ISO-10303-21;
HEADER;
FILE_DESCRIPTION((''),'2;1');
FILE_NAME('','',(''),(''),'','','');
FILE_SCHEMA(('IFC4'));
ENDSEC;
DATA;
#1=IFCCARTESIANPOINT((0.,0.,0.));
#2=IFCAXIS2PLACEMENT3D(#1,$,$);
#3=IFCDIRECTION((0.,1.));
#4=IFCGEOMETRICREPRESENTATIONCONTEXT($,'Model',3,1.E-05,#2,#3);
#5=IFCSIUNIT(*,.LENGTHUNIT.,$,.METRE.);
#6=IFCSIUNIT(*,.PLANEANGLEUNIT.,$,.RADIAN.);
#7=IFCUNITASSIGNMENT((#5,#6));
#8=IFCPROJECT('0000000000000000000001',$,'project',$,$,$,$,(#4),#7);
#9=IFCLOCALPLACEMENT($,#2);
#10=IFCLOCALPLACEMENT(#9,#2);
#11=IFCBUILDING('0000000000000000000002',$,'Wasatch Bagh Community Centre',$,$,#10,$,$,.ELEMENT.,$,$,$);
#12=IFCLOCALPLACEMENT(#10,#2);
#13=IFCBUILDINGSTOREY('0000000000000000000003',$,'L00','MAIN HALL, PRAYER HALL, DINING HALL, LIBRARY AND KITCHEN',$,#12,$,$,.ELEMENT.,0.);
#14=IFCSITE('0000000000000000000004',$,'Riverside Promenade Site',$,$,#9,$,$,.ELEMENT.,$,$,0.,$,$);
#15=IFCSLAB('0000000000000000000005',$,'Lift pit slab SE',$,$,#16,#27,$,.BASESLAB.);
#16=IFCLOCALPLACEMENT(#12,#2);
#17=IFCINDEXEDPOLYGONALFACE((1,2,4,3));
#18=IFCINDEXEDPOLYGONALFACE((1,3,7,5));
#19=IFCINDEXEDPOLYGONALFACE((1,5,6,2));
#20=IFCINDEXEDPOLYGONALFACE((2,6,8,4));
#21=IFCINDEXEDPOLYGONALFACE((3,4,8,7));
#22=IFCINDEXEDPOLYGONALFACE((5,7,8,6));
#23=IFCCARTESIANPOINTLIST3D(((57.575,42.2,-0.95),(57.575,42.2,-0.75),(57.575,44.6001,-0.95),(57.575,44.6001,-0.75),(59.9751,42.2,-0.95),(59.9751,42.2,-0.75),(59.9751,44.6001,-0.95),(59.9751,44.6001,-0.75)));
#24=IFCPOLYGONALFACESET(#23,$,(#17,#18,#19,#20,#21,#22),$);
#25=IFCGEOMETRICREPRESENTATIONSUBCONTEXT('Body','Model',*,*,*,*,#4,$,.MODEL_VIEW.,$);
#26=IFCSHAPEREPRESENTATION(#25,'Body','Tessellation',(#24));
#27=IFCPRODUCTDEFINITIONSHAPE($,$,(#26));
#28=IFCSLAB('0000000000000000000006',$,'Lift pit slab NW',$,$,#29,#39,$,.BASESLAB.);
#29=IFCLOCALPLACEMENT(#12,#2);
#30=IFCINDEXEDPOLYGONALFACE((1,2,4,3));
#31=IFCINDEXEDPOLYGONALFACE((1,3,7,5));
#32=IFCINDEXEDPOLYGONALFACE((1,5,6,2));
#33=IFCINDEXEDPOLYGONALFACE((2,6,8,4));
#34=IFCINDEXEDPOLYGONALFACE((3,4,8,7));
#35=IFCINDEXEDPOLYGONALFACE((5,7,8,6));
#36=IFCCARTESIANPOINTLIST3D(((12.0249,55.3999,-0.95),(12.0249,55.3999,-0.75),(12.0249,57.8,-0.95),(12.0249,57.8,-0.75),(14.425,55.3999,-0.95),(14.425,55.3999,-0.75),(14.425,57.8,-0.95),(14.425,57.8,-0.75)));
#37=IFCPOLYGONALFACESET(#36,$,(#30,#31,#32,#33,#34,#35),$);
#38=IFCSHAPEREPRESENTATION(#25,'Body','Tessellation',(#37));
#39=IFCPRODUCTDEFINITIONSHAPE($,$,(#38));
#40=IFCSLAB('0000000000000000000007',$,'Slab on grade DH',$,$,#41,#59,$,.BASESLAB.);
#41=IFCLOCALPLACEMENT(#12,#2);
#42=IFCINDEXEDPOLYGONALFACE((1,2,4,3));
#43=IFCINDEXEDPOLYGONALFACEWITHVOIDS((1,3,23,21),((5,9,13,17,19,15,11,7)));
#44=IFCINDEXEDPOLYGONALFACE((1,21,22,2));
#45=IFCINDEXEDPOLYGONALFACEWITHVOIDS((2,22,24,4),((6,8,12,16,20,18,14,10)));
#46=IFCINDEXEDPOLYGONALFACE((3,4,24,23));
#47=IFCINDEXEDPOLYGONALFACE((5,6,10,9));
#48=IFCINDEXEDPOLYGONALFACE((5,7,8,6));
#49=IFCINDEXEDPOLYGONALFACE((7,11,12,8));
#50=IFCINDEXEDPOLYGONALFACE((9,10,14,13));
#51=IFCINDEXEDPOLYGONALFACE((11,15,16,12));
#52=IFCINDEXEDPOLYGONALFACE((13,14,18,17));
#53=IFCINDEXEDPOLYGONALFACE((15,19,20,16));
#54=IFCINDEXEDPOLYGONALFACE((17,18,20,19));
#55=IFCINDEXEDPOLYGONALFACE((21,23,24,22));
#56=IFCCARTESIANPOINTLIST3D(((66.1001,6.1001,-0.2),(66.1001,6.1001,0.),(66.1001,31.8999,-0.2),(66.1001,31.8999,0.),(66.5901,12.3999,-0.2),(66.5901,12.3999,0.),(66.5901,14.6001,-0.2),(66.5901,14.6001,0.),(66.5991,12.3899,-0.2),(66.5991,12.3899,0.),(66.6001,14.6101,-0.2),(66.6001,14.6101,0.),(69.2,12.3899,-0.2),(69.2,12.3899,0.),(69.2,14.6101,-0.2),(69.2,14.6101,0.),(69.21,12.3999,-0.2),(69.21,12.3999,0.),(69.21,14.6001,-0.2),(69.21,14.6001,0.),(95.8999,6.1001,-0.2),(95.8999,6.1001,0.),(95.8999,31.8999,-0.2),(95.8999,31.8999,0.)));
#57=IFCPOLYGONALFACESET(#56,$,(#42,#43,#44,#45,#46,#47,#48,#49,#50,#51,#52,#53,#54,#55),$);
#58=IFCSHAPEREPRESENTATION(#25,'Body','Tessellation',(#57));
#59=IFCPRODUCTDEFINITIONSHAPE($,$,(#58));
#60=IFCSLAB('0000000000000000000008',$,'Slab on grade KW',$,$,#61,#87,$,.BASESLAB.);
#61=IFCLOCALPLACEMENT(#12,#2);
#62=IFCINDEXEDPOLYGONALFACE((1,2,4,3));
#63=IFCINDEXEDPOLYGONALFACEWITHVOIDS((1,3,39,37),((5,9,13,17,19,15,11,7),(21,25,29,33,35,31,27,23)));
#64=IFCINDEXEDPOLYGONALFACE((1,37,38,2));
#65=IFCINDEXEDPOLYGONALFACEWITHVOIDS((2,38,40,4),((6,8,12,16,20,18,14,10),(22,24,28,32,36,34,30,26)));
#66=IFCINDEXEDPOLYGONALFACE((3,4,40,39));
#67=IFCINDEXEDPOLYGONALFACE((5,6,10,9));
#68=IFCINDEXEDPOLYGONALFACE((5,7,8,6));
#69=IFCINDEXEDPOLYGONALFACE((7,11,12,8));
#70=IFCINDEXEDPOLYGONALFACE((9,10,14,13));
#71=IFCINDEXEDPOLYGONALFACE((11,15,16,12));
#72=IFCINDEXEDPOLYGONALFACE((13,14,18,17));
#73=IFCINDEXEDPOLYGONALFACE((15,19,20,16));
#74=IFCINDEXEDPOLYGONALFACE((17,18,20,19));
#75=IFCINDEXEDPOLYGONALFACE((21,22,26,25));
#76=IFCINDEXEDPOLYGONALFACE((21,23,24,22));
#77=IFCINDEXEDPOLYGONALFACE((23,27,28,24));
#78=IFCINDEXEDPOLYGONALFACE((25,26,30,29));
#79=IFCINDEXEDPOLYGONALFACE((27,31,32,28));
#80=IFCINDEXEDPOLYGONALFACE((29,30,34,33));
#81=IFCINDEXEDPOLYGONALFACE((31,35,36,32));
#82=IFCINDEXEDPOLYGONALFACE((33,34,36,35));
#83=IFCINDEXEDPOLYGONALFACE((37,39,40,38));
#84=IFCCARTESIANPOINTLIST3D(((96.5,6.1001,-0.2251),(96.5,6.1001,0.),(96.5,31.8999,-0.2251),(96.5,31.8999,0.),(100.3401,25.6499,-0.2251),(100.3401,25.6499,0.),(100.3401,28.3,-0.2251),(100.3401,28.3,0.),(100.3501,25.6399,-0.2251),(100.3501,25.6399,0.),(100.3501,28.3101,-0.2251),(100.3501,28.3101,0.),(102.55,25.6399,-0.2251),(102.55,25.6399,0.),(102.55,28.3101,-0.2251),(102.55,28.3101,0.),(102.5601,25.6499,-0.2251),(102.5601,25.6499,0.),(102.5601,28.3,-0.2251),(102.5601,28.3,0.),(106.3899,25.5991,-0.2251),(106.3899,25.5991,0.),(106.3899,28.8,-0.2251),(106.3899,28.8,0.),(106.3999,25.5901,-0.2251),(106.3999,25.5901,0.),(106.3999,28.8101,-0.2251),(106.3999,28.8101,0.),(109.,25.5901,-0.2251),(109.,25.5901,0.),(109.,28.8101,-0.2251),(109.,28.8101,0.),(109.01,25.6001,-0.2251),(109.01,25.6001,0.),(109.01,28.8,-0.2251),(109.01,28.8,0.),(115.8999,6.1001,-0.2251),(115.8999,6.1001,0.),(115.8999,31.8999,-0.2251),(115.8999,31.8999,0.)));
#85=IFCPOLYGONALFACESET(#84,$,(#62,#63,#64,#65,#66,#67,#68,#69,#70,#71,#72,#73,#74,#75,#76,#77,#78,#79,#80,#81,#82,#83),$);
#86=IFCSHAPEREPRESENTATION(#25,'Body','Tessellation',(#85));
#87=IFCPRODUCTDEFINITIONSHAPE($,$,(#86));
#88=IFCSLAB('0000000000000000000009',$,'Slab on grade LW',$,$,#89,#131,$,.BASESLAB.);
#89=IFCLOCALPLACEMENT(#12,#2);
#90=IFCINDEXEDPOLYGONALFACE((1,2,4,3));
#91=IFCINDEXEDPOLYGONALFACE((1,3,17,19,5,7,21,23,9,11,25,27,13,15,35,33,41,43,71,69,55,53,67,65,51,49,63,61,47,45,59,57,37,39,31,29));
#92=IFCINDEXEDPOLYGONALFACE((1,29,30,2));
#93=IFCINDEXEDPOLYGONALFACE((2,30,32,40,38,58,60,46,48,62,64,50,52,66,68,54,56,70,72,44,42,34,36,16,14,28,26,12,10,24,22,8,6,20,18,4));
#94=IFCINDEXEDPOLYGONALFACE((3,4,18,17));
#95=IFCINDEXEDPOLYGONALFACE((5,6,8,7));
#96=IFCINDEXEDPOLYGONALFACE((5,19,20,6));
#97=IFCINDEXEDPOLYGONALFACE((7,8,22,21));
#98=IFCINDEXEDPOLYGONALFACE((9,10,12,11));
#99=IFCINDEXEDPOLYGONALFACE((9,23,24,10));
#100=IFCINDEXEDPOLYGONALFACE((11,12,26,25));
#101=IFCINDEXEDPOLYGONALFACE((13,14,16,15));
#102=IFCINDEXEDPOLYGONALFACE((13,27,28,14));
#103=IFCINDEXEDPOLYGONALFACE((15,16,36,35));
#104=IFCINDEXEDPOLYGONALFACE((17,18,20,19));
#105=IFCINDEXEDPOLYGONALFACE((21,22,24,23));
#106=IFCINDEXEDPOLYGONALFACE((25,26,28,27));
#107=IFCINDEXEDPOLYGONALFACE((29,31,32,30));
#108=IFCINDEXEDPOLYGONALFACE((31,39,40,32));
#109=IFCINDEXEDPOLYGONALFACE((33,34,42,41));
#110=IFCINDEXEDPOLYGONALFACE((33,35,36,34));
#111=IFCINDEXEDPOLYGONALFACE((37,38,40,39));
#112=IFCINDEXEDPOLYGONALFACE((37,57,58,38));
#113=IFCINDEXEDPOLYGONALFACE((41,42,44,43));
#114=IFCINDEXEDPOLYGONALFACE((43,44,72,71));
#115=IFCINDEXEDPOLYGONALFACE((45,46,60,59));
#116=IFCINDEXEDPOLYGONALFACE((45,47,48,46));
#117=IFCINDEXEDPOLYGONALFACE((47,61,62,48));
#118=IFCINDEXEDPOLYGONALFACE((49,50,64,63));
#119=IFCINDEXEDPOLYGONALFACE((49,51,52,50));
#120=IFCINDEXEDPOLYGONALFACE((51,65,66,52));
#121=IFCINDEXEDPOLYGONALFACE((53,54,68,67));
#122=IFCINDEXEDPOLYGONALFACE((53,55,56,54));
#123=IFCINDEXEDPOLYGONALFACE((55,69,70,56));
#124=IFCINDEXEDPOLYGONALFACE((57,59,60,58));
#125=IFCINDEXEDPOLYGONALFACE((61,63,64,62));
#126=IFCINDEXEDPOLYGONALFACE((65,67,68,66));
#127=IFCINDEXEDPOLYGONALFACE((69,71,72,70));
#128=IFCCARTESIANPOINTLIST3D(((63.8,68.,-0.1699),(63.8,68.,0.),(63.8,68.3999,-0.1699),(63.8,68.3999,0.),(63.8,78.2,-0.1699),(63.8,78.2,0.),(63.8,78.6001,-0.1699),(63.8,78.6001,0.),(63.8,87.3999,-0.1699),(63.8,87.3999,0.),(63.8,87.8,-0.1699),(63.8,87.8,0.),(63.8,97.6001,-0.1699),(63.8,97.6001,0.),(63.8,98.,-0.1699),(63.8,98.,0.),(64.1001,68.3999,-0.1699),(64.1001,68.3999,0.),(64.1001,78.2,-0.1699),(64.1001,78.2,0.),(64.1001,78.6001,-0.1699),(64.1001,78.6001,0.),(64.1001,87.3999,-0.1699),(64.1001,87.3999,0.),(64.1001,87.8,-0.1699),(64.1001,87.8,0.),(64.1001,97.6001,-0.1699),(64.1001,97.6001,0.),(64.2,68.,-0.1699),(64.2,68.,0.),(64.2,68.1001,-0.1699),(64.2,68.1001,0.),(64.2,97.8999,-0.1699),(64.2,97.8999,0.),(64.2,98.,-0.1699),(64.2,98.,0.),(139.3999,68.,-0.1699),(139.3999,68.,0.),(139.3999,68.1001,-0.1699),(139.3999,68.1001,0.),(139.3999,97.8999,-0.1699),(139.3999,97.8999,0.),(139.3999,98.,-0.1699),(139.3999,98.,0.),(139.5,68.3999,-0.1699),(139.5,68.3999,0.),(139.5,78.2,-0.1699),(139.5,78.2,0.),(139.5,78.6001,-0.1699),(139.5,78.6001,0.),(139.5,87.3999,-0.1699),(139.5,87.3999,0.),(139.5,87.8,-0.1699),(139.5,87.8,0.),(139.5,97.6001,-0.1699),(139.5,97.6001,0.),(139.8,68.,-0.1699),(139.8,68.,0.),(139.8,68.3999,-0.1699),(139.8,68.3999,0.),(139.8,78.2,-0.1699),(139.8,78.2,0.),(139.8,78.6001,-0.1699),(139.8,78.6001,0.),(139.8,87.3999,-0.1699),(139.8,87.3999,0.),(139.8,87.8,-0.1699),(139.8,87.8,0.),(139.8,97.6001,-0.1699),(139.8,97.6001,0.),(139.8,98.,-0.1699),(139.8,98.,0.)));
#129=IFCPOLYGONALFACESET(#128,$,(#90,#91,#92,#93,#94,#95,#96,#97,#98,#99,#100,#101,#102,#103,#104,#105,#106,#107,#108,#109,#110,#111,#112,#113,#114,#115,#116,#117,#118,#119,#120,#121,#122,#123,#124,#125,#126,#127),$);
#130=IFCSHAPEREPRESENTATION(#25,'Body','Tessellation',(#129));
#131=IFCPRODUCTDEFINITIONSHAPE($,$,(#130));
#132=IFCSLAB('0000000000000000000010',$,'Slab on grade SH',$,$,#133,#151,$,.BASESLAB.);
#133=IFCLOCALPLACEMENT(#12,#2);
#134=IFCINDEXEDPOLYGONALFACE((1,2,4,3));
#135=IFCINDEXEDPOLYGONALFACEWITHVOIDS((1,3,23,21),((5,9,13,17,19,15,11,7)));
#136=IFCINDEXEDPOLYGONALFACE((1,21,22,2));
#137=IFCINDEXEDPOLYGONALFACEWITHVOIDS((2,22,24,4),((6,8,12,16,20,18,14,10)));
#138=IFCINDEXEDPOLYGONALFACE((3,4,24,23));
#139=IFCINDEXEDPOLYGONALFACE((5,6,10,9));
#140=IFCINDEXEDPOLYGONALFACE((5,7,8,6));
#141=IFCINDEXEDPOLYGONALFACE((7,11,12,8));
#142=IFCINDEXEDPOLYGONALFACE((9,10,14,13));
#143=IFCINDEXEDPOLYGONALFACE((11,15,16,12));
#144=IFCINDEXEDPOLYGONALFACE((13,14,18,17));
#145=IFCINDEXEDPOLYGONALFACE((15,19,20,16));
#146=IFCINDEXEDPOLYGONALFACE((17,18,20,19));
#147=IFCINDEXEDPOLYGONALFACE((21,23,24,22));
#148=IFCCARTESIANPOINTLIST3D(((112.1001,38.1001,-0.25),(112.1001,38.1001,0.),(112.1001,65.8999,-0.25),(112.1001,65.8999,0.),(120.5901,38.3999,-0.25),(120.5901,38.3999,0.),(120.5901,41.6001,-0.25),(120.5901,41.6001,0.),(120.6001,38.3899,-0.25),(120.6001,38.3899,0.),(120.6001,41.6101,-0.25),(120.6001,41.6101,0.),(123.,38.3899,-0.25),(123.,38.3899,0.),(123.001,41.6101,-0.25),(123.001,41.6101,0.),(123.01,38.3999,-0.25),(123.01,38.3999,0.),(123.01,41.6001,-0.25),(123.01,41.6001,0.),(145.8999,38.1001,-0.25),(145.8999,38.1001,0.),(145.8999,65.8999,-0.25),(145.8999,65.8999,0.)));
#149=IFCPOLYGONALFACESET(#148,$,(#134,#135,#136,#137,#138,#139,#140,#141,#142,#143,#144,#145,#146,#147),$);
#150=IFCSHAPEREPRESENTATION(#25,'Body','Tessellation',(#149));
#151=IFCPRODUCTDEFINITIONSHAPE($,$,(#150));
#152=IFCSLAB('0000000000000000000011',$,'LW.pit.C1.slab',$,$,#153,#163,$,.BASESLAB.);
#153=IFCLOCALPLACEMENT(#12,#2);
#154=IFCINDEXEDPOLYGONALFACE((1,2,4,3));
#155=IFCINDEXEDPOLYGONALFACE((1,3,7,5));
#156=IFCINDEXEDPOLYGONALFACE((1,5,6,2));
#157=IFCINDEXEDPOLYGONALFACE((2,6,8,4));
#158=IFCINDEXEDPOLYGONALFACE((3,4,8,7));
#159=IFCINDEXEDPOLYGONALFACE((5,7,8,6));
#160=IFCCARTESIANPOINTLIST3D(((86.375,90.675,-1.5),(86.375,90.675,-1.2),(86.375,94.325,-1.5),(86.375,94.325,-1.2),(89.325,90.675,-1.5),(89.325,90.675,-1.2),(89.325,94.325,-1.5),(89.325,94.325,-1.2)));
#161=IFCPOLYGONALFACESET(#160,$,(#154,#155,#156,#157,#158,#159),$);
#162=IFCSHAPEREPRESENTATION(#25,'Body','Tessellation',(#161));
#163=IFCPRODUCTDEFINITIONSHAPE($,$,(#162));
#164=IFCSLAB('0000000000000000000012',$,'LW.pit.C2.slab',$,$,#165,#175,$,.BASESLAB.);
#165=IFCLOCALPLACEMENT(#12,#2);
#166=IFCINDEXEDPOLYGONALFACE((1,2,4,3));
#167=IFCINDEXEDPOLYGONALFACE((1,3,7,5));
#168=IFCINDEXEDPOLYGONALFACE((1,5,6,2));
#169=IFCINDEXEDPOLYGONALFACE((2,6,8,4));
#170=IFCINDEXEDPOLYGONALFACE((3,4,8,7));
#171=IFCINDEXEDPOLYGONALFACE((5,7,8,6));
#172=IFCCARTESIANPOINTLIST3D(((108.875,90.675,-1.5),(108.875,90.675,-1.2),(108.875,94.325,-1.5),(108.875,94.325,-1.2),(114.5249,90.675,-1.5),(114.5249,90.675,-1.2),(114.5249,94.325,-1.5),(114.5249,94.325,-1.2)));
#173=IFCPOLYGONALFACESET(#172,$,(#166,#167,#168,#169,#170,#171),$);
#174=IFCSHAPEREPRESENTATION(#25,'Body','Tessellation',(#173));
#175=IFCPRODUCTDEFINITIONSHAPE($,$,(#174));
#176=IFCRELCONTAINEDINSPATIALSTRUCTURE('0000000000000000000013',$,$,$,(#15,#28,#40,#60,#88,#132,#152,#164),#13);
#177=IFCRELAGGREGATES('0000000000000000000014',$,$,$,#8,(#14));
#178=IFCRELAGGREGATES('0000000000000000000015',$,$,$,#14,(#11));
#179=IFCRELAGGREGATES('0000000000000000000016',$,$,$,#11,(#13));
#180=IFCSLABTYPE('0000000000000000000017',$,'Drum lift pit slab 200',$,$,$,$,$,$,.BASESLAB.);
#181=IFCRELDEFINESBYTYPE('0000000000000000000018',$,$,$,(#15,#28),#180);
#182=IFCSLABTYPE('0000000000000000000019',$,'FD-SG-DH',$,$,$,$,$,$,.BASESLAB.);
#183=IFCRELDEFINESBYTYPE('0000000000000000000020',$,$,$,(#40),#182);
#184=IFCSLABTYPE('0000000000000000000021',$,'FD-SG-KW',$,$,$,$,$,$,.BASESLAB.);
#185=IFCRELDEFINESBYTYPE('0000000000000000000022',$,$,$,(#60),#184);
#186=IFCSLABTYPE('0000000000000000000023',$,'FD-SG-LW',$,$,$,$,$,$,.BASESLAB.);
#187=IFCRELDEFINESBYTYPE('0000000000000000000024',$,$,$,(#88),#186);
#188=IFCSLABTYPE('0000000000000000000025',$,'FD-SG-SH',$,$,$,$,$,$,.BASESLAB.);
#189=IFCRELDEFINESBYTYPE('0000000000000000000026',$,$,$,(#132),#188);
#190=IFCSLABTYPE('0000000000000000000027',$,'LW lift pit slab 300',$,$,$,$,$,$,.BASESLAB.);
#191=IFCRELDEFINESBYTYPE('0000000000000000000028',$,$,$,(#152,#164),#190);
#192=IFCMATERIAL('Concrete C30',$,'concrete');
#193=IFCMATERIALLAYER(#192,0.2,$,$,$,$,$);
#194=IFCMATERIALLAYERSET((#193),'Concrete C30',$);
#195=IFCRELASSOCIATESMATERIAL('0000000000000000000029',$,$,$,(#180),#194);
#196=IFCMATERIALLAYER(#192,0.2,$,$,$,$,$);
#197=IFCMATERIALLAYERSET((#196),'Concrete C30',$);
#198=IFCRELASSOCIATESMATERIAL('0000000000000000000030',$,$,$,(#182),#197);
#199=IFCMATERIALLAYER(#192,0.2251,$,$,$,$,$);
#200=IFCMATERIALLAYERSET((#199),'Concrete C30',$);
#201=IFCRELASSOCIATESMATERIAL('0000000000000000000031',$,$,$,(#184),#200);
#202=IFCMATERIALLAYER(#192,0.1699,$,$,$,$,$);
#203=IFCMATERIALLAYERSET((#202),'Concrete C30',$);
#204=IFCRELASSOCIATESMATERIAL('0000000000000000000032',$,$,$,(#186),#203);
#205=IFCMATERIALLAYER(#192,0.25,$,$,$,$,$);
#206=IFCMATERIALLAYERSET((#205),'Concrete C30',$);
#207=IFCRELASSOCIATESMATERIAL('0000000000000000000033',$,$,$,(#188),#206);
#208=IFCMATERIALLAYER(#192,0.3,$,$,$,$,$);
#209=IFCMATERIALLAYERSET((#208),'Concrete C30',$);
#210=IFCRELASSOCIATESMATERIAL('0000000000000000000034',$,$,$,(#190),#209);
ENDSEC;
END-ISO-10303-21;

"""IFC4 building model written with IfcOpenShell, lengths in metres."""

from ifc_helpers import new_model, si_unit, direction, frame, origin, place, context, subcontext, project, spatial, polyline, outline, extrude, material, layer, layer_set, type_object, element, save


model = new_model("IFC4")

# Units and contexts
model_context = context("Model", 3, precision=1e-05, world=origin(), true_north=direction((0.0, 1.0)))
body_context = subcontext(model_context, "Body", "Model", "MODEL_VIEW")
ifc_project = project(units=[si_unit("LENGTHUNIT", "METRE"), si_unit("PLANEANGLEUNIT", "RADIAN")], contexts=[model_context])

# Site, building, storey
site_placement = place(None, origin())
site = spatial("IfcSite", under=ifc_project, at=site_placement, Name="Riverside Promenade Site", CompositionType="ELEMENT", RefElevation=0.0)
building_placement = place(site_placement, origin())
building = spatial("IfcBuilding", under=site, at=building_placement, Name="Wasatch Bagh Community Centre", CompositionType="ELEMENT")
storey_placement = place(building_placement, origin())
storey = spatial("IfcBuildingStorey", under=building, at=storey_placement, Name="L00", Description="MAIN HALL, PRAYER HALL, DINING HALL, LIBRARY AND KITCHEN", CompositionType="ELEMENT", Elevation=0.0)

# Slabs
ifc_material_1 = material(Name="Concrete C30", Category="concrete")
ifc_layer_1 = layer(ifc_material_1, 0.2)
ifc_layer_set_1 = layer_set([ifc_layer_1], Name="Concrete C30")
slab_type_1 = type_object("IfcSlabType", Name="Drum lift pit slab 200", PredefinedType="BASESLAB", material=ifc_layer_set_1)
slab_1_placement = place(storey_placement, frame((0.0, 0.0, -0.95)))
element("IfcSlab", 1, at=slab_1_placement, inside=storey, type_object=slab_type_1, Name="Lift pit slab SE", PredefinedType="BASESLAB", context=body_context, shape_type="SweptSolid", body=[
    extrude(outline(polyline([(57.575, 42.2), (59.9751, 42.2), (59.9751, 44.6001), (57.575, 44.6001), (57.575, 42.2)])), origin(), (0.0, 0.0, 1.0), 0.2),
])
slab_2_placement = place(storey_placement, frame((0.0, 0.0, -0.95)))
element("IfcSlab", 2, at=slab_2_placement, inside=storey, type_object=slab_type_1, Name="Lift pit slab NW", PredefinedType="BASESLAB", context=body_context, shape_type="SweptSolid", body=[
    extrude(outline(polyline([(14.425, 57.8), (12.0249, 57.8), (12.0249, 55.3999), (14.425, 55.3999), (14.425, 57.8)])), origin(), (0.0, 0.0, 1.0), 0.2),
])
ifc_layer_2 = layer(ifc_material_1, 0.2)
ifc_layer_set_2 = layer_set([ifc_layer_2], Name="Concrete C30")
slab_type_2 = type_object("IfcSlabType", Name="FD-SG-DH", PredefinedType="BASESLAB", material=ifc_layer_set_2)
slab_3_placement = place(storey_placement, frame((0.0, 0.0, -0.2)))
element("IfcSlab", 3, at=slab_3_placement, inside=storey, type_object=slab_type_2, Name="Slab on grade DH", PredefinedType="BASESLAB", context=body_context, shape_type="SweptSolid", body=[
    extrude(outline(polyline([(66.1001, 6.1001), (66.1001, 31.8999), (95.8999, 31.8999), (95.8999, 6.1001), (66.1001, 6.1001)]), holes=[polyline([(66.5991, 12.3899), (69.2, 12.3899), (69.21, 12.3999), (69.21, 14.6001), (69.2, 14.6101), (66.6001, 14.6101), (66.5901, 14.6001), (66.5901, 12.3999), (66.5991, 12.3899)])]), origin(), (0.0, 0.0, 1.0), 0.2),
])
ifc_layer_3 = layer(ifc_material_1, 0.2251)
ifc_layer_set_3 = layer_set([ifc_layer_3], Name="Concrete C30")
slab_type_3 = type_object("IfcSlabType", Name="FD-SG-KW", PredefinedType="BASESLAB", material=ifc_layer_set_3)
slab_4_placement = place(storey_placement, frame((0.0, 0.0, -0.2251)))
element("IfcSlab", 4, at=slab_4_placement, inside=storey, type_object=slab_type_3, Name="Slab on grade KW", PredefinedType="BASESLAB", context=body_context, shape_type="SweptSolid", body=[
    extrude(outline(polyline([(96.5, 6.1001), (96.5, 31.8999), (115.8999, 31.8999), (115.8999, 6.1001), (96.5, 6.1001)]), holes=[polyline([(102.55, 28.3101), (100.3501, 28.3101), (100.3401, 28.3), (100.3401, 25.6499), (100.3501, 25.6399), (102.55, 25.6399), (102.5601, 25.6499), (102.5601, 28.3), (102.55, 28.3101)]), polyline([(106.3999, 25.5901), (109.0, 25.5901), (109.01, 25.6001), (109.01, 28.8), (109.0, 28.8101), (106.3999, 28.8101), (106.3899, 28.8), (106.3899, 25.5991), (106.3999, 25.5901)])]), origin(), (0.0, 0.0, 1.0), 0.2251),
])
ifc_layer_4 = layer(ifc_material_1, 0.1699)
ifc_layer_set_4 = layer_set([ifc_layer_4], Name="Concrete C30")
slab_type_4 = type_object("IfcSlabType", Name="FD-SG-LW", PredefinedType="BASESLAB", material=ifc_layer_set_4)
slab_5_placement = place(storey_placement, frame((0.0, 0.0, -0.1699)))
element("IfcSlab", 5, at=slab_5_placement, inside=storey, type_object=slab_type_4, Name="Slab on grade LW", PredefinedType="BASESLAB", context=body_context, shape_type="SweptSolid", body=[
    extrude(outline(polyline([(64.1001, 68.3999), (64.1001, 78.2), (63.8, 78.2), (63.8, 78.6001), (64.1001, 78.6001), (64.1001, 87.3999), (63.8, 87.3999), (63.8, 87.8), (64.1001, 87.8), (64.1001, 97.6001), (63.8, 97.6001), (63.8, 98.0), (64.2, 98.0), (64.2, 97.8999), (139.3999, 97.8999), (139.3999, 98.0), (139.8, 98.0), (139.8, 97.6001), (139.5, 97.6001), (139.5, 87.8), (139.8, 87.8), (139.8, 87.3999), (139.5, 87.3999), (139.5, 78.6001), (139.8, 78.6001), (139.8, 78.2), (139.5, 78.2), (139.5, 68.3999), (139.8, 68.3999), (139.8, 68.0), (139.3999, 68.0), (139.3999, 68.1001), (64.2, 68.1001), (64.2, 68.0), (63.8, 68.0), (63.8, 68.3999), (64.1001, 68.3999)])), origin(), (0.0, 0.0, 1.0), 0.1699),
])
ifc_layer_5 = layer(ifc_material_1, 0.25)
ifc_layer_set_5 = layer_set([ifc_layer_5], Name="Concrete C30")
slab_type_5 = type_object("IfcSlabType", Name="FD-SG-SH", PredefinedType="BASESLAB", material=ifc_layer_set_5)
slab_6_placement = place(storey_placement, frame((0.0, 0.0, -0.25)))
element("IfcSlab", 6, at=slab_6_placement, inside=storey, type_object=slab_type_5, Name="Slab on grade SH", PredefinedType="BASESLAB", context=body_context, shape_type="SweptSolid", body=[
    extrude(outline(polyline([(112.1001, 38.1001), (112.1001, 65.8999), (145.8999, 65.8999), (145.8999, 38.1001), (112.1001, 38.1001)]), holes=[polyline([(123.001, 41.6101), (120.6001, 41.6101), (120.5901, 41.6001), (120.5901, 38.3999), (120.6001, 38.3899), (123.0, 38.3899), (123.01, 38.3999), (123.01, 41.6001), (123.001, 41.6101)])]), origin(), (0.0, 0.0, 1.0), 0.25),
])
ifc_layer_6 = layer(ifc_material_1, 0.3)
ifc_layer_set_6 = layer_set([ifc_layer_6], Name="Concrete C30")
slab_type_6 = type_object("IfcSlabType", Name="LW lift pit slab 300", PredefinedType="BASESLAB", material=ifc_layer_set_6)
slab_7_placement = place(storey_placement, frame((0.0, 0.0, -1.5)))
element("IfcSlab", 7, at=slab_7_placement, inside=storey, type_object=slab_type_6, Name="LW.pit.C1.slab", PredefinedType="BASESLAB", context=body_context, shape_type="SweptSolid", body=[
    extrude(outline(polyline([(86.375, 90.675), (89.325, 90.675), (89.325, 94.325), (86.375, 94.325), (86.375, 90.675)])), origin(), (0.0, 0.0, 1.0), 0.3),
])
slab_8_placement = place(storey_placement, frame((0.0, 0.0, -1.5)))
element("IfcSlab", 8, at=slab_8_placement, inside=storey, type_object=slab_type_6, Name="LW.pit.C2.slab", PredefinedType="BASESLAB", context=body_context, shape_type="SweptSolid", body=[
    extrude(outline(polyline([(108.875, 90.675), (114.5249, 90.675), (114.5249, 94.325), (108.875, 94.325), (108.875, 90.675)])), origin(), (0.0, 0.0, 1.0), 0.3),
])

save(model, "model.ifc")
